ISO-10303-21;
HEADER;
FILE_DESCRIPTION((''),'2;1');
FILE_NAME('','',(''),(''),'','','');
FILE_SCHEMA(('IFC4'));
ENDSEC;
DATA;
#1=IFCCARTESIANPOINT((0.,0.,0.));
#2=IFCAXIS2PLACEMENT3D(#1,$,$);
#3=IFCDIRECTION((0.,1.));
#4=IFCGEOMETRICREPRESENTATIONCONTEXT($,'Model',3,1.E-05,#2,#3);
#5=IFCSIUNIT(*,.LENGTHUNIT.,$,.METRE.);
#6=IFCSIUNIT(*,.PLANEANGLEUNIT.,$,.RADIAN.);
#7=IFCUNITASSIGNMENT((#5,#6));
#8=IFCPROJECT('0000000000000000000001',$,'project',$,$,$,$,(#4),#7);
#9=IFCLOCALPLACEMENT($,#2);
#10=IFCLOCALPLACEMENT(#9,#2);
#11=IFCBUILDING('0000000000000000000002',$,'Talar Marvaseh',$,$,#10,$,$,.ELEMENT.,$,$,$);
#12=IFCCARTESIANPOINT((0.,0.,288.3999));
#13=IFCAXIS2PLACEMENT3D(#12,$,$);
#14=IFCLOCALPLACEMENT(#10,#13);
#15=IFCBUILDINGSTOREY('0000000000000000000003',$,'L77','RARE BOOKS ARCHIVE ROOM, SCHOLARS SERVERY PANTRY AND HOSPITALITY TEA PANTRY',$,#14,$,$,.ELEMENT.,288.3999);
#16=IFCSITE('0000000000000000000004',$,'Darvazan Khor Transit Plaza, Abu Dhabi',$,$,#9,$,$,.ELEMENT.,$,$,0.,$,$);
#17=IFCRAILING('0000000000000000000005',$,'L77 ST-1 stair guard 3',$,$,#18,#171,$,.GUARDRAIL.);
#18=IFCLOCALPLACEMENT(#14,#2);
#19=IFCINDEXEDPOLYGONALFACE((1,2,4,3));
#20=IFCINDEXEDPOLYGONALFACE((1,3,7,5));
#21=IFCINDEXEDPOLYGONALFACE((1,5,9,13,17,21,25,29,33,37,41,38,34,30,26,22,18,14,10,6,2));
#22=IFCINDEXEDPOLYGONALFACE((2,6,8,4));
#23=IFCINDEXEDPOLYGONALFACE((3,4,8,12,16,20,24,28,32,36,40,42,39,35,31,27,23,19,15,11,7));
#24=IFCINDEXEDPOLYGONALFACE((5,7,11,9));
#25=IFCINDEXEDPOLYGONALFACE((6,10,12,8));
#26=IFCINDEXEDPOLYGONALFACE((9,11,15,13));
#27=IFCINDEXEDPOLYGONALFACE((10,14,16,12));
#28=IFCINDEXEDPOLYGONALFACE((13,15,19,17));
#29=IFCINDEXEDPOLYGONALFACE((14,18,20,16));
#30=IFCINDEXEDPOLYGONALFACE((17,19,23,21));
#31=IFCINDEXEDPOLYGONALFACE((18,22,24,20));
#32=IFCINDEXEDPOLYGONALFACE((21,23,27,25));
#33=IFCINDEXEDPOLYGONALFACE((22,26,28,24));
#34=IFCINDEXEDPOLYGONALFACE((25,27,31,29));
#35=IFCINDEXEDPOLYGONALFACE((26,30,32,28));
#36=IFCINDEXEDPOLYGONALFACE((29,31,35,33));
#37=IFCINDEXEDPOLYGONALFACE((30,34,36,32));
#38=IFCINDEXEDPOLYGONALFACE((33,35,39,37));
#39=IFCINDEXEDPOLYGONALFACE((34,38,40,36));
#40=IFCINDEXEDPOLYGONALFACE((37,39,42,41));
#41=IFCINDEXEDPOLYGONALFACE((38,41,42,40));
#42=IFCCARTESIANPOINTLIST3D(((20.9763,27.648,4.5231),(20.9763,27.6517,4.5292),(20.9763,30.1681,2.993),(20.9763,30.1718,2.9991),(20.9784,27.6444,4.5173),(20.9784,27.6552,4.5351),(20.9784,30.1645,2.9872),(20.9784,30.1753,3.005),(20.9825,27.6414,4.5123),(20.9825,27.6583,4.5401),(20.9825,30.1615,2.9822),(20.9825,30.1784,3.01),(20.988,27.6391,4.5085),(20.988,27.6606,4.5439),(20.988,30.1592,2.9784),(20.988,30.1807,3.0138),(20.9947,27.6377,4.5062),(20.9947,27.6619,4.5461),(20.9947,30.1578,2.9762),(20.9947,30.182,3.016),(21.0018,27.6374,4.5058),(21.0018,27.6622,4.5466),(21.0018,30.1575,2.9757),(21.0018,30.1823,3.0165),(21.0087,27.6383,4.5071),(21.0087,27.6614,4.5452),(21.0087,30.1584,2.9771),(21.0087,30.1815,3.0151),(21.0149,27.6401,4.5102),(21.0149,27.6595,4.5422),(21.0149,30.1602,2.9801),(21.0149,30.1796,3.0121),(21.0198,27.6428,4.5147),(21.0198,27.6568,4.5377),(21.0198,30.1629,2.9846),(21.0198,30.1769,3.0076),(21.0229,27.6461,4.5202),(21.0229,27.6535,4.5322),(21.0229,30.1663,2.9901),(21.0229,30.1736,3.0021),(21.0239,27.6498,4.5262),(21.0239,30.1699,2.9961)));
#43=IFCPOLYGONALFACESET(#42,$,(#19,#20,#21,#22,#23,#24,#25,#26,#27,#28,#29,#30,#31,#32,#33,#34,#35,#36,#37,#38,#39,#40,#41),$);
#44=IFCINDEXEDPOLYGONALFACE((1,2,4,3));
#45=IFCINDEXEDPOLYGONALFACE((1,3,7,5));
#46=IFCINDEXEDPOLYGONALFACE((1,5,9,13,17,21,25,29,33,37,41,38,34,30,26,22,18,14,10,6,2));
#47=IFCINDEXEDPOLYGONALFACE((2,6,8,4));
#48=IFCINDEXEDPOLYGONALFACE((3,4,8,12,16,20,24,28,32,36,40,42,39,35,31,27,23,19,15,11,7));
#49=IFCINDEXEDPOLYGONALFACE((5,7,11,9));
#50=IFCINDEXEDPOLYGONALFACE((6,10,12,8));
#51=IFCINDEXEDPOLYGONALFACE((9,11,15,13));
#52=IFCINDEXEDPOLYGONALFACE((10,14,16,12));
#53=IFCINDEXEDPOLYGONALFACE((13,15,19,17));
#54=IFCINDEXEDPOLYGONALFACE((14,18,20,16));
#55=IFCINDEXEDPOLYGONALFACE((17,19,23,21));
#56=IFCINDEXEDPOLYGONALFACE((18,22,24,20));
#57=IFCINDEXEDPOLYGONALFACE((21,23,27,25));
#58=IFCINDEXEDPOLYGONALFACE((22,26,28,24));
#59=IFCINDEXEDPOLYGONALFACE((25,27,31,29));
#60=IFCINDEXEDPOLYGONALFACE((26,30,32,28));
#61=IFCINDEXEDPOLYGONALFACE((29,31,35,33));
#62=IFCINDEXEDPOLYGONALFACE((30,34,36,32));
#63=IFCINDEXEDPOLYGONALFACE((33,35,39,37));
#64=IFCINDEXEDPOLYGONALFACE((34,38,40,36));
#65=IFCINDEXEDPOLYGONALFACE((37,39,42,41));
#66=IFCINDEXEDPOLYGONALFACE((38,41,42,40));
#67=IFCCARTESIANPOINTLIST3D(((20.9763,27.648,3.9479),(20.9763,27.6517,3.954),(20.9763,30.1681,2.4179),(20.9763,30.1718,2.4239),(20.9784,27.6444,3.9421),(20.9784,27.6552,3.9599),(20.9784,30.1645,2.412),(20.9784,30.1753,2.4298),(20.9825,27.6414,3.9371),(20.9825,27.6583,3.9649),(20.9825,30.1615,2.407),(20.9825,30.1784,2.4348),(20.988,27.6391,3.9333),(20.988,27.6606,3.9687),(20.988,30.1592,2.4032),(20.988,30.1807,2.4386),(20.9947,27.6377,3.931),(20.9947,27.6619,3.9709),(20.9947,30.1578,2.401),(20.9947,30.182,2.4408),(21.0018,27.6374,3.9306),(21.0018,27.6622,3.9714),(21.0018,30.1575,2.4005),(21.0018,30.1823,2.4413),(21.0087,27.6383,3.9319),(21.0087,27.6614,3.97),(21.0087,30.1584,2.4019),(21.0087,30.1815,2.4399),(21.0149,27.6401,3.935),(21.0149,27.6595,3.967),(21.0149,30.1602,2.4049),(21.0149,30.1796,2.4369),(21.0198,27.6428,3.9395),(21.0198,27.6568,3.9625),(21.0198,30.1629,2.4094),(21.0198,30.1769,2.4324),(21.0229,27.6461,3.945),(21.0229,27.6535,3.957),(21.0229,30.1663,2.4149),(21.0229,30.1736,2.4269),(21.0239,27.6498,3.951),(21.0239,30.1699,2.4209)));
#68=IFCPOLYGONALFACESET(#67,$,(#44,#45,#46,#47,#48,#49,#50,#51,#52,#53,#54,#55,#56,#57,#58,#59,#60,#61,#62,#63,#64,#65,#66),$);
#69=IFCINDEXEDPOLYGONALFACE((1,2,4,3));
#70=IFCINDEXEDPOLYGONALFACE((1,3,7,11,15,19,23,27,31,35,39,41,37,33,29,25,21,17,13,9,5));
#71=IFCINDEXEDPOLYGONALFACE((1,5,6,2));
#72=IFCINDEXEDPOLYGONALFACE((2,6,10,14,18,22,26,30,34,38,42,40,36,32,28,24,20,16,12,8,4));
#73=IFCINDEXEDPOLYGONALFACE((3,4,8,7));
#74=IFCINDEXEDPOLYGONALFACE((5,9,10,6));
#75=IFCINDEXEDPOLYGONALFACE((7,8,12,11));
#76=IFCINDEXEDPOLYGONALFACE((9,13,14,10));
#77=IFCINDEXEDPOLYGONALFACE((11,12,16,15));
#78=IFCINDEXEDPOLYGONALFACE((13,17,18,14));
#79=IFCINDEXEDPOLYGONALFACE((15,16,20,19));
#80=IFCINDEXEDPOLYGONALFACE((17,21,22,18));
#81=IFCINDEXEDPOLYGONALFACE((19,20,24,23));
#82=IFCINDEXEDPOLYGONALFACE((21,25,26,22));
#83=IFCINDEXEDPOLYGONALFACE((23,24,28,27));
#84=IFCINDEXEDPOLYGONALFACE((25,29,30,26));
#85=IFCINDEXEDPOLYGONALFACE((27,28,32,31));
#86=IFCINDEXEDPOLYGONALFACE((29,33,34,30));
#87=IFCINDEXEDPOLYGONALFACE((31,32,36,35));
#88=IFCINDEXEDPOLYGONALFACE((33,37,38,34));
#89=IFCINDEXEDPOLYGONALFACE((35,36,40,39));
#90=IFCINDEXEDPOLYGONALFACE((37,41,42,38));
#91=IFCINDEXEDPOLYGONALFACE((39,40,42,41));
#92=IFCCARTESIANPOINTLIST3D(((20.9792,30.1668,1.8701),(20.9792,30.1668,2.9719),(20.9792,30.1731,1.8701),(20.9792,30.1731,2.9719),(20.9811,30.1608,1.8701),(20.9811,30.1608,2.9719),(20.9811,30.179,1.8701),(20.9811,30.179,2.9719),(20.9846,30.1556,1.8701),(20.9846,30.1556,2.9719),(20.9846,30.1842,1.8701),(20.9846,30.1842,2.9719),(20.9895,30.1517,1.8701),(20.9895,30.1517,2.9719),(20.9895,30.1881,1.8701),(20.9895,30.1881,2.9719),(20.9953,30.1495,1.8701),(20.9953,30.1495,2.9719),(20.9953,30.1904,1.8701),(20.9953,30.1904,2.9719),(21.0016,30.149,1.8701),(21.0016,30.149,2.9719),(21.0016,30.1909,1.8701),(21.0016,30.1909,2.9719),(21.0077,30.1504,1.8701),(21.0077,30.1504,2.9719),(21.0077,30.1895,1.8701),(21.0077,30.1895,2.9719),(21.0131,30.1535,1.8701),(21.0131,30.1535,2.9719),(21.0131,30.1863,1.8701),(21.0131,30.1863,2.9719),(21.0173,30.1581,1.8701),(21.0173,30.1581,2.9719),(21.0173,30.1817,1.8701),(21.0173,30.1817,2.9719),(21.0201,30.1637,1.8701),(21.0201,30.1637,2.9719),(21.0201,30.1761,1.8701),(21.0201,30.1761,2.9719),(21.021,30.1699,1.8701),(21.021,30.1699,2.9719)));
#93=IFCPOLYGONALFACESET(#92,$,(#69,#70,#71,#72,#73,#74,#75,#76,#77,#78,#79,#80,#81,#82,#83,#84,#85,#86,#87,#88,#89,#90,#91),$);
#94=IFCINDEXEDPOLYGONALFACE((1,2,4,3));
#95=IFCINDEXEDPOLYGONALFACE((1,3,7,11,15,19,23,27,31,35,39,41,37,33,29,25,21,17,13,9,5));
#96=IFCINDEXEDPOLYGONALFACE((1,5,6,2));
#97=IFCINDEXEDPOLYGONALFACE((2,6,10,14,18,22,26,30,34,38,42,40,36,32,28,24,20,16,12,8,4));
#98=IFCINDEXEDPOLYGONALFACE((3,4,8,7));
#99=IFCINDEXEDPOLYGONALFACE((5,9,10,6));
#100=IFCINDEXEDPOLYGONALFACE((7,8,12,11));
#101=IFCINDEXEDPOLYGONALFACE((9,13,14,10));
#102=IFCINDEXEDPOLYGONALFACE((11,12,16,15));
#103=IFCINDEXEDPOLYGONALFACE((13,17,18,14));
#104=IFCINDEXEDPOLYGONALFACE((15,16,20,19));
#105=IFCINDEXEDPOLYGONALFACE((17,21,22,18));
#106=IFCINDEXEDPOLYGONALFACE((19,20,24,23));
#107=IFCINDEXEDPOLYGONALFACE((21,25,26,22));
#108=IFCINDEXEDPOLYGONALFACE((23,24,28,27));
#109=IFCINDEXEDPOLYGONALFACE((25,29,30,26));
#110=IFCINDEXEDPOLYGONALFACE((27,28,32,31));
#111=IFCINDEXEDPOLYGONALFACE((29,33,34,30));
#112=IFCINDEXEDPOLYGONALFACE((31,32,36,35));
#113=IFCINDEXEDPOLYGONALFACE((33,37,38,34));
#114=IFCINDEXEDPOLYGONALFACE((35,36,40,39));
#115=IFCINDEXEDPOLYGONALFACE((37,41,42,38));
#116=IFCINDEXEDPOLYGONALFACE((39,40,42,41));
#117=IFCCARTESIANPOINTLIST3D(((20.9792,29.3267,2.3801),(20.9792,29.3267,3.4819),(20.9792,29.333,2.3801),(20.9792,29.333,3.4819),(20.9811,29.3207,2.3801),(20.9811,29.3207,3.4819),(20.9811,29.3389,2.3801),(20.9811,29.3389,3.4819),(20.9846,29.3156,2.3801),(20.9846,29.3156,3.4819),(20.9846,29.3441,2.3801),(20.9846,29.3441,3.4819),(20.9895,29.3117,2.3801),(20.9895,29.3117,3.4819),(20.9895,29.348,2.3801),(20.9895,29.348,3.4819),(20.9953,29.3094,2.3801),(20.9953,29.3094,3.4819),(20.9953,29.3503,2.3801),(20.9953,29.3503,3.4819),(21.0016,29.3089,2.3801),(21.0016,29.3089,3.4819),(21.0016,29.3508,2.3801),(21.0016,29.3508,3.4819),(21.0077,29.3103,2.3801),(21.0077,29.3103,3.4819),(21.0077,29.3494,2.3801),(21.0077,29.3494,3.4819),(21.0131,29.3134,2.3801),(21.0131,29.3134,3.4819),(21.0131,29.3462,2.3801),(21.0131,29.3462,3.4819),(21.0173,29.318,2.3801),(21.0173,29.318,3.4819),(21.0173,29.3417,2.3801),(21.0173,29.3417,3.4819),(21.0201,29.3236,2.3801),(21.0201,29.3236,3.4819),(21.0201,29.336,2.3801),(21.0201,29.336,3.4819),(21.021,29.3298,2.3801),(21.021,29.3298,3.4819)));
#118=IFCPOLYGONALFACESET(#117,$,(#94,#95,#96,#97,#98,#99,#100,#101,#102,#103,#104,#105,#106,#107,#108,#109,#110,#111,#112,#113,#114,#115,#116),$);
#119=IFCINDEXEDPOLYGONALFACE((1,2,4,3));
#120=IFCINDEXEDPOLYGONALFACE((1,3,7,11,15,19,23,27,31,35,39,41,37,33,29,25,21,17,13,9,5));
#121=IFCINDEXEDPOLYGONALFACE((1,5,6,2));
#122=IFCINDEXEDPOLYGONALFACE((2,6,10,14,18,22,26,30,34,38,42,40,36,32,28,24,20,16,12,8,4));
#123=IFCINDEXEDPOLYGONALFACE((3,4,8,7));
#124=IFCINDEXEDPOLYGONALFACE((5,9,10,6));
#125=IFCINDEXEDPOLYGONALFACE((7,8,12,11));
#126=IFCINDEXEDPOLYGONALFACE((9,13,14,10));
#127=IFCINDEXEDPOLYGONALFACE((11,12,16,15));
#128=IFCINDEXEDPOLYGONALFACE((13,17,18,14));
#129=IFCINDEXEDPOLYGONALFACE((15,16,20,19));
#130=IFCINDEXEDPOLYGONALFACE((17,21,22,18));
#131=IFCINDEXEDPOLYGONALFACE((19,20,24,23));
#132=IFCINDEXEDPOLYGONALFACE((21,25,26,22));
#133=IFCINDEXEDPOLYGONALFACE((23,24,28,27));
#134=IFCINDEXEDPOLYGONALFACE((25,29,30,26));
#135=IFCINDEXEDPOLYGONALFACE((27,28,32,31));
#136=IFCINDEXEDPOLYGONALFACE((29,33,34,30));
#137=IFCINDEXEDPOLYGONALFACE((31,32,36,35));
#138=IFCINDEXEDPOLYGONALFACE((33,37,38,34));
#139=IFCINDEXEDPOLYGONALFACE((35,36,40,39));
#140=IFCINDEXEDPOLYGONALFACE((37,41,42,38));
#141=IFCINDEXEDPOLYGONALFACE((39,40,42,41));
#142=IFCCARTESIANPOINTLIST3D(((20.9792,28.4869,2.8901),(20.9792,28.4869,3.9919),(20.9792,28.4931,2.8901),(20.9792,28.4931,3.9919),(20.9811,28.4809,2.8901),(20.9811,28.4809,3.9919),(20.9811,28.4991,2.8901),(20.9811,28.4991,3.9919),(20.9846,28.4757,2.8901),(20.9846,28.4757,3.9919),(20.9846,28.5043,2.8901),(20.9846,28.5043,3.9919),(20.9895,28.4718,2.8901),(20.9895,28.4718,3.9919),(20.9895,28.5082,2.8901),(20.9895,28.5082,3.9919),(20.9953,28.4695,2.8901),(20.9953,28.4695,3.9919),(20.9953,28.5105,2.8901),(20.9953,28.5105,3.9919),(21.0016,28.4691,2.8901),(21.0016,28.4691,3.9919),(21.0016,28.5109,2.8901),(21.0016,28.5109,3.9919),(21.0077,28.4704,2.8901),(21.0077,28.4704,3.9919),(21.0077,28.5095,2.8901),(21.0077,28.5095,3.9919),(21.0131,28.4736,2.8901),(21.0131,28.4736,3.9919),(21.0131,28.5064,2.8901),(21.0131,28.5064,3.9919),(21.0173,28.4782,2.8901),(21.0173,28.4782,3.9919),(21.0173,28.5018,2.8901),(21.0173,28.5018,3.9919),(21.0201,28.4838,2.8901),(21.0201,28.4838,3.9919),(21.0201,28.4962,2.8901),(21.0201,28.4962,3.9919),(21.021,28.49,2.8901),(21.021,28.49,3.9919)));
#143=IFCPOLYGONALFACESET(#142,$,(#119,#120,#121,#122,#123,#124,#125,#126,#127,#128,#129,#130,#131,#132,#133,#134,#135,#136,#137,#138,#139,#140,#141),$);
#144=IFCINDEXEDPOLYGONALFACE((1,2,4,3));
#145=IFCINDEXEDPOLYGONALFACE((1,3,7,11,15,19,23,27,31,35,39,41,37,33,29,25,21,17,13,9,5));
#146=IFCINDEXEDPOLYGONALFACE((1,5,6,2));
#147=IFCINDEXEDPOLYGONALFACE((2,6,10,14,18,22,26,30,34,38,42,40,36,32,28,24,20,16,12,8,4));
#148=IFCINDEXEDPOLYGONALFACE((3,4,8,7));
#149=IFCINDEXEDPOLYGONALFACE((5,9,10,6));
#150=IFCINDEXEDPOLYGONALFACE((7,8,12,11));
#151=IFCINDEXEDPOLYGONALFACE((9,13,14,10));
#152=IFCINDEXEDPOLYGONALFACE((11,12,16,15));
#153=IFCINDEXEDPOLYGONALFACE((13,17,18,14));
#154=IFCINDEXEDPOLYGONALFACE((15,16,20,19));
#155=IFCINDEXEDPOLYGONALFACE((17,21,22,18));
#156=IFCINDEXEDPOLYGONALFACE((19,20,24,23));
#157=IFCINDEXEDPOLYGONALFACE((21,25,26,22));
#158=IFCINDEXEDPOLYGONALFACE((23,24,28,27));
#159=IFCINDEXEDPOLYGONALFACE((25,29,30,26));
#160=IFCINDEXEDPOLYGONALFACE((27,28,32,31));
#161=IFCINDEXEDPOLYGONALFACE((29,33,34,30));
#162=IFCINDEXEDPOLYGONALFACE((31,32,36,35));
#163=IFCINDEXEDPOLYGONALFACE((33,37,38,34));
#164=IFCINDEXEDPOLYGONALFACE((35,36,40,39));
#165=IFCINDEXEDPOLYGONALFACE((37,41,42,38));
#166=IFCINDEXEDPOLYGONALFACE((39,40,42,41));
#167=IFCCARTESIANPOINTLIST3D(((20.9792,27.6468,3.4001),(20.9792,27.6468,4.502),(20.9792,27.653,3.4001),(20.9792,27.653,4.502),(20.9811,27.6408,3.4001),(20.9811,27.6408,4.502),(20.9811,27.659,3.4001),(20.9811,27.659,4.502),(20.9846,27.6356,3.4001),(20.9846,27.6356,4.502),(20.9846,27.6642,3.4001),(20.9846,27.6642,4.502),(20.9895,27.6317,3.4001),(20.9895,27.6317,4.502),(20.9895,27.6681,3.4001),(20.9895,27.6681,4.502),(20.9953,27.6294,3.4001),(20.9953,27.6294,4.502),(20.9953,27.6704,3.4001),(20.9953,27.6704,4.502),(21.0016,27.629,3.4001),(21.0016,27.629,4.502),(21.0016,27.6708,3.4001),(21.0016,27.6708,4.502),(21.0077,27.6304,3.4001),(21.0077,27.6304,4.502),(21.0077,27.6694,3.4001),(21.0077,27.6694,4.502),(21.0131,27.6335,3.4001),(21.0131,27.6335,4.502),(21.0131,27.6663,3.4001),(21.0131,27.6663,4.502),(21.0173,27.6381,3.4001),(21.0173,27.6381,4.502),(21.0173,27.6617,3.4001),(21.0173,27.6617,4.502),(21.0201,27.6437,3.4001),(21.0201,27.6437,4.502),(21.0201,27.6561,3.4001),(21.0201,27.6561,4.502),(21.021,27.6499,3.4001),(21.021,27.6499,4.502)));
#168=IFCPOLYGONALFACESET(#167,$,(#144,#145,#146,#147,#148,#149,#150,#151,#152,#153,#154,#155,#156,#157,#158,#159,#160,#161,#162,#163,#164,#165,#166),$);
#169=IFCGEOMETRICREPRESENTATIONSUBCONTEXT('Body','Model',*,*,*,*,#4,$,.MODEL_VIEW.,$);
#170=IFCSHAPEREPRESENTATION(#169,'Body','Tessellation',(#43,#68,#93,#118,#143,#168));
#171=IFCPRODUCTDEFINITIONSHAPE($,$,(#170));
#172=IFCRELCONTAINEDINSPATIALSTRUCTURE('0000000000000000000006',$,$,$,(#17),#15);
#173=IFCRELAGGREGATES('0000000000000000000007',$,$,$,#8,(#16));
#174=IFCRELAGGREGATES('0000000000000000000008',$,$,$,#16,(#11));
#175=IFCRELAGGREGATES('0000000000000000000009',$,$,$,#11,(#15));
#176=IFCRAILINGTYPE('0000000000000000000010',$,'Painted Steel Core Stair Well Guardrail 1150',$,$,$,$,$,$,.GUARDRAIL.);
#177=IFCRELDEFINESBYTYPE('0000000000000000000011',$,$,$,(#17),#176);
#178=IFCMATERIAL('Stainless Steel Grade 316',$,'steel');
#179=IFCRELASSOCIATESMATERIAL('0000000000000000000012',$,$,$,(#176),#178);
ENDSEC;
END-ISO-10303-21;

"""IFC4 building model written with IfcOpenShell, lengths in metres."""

from ifc_helpers import new_model, si_unit, direction, frame, origin, origin_2d, place, context, subcontext, project, spatial, circle, extrude, material, type_object, element, save


model = new_model("IFC4")

# Units and contexts
model_context = context("Model", 3, precision=1e-05, world=origin(), true_north=direction((0.0, 1.0)))
body_context = subcontext(model_context, "Body", "Model", "MODEL_VIEW")
ifc_project = project(units=[si_unit("LENGTHUNIT", "METRE"), si_unit("PLANEANGLEUNIT", "RADIAN")], contexts=[model_context])

# Site, building, storey
site_placement = place(None, origin())
site = spatial("IfcSite", under=ifc_project, at=site_placement, Name="Darvazan Khor Transit Plaza, Abu Dhabi", CompositionType="ELEMENT", RefElevation=0.0)
building_placement = place(site_placement, origin())
building = spatial("IfcBuilding", under=site, at=building_placement, Name="Talar Marvaseh", CompositionType="ELEMENT")
storey_placement = place(building_placement, frame((0.0, 0.0, 288.3999)))
storey = spatial("IfcBuildingStorey", under=building, at=storey_placement, Name="L77", Description="RARE BOOKS ARCHIVE ROOM, SCHOLARS SERVERY PANTRY AND HOSPITALITY TEA PANTRY", CompositionType="ELEMENT", Elevation=288.3999)

# Railing
ifc_material_1 = material(Name="Stainless Steel Grade 316", Category="steel")
railing_type_1 = type_object("IfcRailingType", Name="Painted Steel Core Stair Well Guardrail 1150", PredefinedType="GUARDRAIL", material=ifc_material_1)
railing_1_placement = place(storey_placement, frame((21.0, 30.1699, 1.8701)))
element("IfcRailing", 1, at=railing_1_placement, inside=storey, type_object=railing_type_1, Name="L77 ST-1 stair guard 3", PredefinedType="GUARDRAIL", context=body_context, shape_type="SweptSolid", body=[
    extrude(circle(Radius=0.0239, at=origin_2d()), frame((0.0, 0.0, 1.126), z_axis=(0.0, -0.854785, 0.518982), x_axis=(1.0, 0.0, 0.0)), (0.0, 0.0, 1.0), 2.9482),
    extrude(circle(Radius=0.0239, at=origin_2d()), frame((0.0, 0.0, 0.5508), z_axis=(0.0, -0.854785, 0.518982), x_axis=(1.0, 0.0, 0.0)), (0.0, 0.0, 1.0), 2.9482),
    extrude(circle(Radius=0.021, at=origin_2d()), origin(), (0.0, 0.0, 1.0), 1.1018),
    extrude(circle(Radius=0.021, at=origin_2d()), frame((0.0, -0.8401, 0.51)), (0.0, 0.0, 1.0), 1.1018),
    extrude(circle(Radius=0.021, at=origin_2d()), frame((0.0, -1.6799, 1.02)), (0.0, 0.0, 1.0), 1.1018),
    extrude(circle(Radius=0.021, at=origin_2d()), frame((0.0, -2.52, 1.53)), (0.0, 0.0, 1.0), 1.1018),
])

save(model, "model.ifc")
